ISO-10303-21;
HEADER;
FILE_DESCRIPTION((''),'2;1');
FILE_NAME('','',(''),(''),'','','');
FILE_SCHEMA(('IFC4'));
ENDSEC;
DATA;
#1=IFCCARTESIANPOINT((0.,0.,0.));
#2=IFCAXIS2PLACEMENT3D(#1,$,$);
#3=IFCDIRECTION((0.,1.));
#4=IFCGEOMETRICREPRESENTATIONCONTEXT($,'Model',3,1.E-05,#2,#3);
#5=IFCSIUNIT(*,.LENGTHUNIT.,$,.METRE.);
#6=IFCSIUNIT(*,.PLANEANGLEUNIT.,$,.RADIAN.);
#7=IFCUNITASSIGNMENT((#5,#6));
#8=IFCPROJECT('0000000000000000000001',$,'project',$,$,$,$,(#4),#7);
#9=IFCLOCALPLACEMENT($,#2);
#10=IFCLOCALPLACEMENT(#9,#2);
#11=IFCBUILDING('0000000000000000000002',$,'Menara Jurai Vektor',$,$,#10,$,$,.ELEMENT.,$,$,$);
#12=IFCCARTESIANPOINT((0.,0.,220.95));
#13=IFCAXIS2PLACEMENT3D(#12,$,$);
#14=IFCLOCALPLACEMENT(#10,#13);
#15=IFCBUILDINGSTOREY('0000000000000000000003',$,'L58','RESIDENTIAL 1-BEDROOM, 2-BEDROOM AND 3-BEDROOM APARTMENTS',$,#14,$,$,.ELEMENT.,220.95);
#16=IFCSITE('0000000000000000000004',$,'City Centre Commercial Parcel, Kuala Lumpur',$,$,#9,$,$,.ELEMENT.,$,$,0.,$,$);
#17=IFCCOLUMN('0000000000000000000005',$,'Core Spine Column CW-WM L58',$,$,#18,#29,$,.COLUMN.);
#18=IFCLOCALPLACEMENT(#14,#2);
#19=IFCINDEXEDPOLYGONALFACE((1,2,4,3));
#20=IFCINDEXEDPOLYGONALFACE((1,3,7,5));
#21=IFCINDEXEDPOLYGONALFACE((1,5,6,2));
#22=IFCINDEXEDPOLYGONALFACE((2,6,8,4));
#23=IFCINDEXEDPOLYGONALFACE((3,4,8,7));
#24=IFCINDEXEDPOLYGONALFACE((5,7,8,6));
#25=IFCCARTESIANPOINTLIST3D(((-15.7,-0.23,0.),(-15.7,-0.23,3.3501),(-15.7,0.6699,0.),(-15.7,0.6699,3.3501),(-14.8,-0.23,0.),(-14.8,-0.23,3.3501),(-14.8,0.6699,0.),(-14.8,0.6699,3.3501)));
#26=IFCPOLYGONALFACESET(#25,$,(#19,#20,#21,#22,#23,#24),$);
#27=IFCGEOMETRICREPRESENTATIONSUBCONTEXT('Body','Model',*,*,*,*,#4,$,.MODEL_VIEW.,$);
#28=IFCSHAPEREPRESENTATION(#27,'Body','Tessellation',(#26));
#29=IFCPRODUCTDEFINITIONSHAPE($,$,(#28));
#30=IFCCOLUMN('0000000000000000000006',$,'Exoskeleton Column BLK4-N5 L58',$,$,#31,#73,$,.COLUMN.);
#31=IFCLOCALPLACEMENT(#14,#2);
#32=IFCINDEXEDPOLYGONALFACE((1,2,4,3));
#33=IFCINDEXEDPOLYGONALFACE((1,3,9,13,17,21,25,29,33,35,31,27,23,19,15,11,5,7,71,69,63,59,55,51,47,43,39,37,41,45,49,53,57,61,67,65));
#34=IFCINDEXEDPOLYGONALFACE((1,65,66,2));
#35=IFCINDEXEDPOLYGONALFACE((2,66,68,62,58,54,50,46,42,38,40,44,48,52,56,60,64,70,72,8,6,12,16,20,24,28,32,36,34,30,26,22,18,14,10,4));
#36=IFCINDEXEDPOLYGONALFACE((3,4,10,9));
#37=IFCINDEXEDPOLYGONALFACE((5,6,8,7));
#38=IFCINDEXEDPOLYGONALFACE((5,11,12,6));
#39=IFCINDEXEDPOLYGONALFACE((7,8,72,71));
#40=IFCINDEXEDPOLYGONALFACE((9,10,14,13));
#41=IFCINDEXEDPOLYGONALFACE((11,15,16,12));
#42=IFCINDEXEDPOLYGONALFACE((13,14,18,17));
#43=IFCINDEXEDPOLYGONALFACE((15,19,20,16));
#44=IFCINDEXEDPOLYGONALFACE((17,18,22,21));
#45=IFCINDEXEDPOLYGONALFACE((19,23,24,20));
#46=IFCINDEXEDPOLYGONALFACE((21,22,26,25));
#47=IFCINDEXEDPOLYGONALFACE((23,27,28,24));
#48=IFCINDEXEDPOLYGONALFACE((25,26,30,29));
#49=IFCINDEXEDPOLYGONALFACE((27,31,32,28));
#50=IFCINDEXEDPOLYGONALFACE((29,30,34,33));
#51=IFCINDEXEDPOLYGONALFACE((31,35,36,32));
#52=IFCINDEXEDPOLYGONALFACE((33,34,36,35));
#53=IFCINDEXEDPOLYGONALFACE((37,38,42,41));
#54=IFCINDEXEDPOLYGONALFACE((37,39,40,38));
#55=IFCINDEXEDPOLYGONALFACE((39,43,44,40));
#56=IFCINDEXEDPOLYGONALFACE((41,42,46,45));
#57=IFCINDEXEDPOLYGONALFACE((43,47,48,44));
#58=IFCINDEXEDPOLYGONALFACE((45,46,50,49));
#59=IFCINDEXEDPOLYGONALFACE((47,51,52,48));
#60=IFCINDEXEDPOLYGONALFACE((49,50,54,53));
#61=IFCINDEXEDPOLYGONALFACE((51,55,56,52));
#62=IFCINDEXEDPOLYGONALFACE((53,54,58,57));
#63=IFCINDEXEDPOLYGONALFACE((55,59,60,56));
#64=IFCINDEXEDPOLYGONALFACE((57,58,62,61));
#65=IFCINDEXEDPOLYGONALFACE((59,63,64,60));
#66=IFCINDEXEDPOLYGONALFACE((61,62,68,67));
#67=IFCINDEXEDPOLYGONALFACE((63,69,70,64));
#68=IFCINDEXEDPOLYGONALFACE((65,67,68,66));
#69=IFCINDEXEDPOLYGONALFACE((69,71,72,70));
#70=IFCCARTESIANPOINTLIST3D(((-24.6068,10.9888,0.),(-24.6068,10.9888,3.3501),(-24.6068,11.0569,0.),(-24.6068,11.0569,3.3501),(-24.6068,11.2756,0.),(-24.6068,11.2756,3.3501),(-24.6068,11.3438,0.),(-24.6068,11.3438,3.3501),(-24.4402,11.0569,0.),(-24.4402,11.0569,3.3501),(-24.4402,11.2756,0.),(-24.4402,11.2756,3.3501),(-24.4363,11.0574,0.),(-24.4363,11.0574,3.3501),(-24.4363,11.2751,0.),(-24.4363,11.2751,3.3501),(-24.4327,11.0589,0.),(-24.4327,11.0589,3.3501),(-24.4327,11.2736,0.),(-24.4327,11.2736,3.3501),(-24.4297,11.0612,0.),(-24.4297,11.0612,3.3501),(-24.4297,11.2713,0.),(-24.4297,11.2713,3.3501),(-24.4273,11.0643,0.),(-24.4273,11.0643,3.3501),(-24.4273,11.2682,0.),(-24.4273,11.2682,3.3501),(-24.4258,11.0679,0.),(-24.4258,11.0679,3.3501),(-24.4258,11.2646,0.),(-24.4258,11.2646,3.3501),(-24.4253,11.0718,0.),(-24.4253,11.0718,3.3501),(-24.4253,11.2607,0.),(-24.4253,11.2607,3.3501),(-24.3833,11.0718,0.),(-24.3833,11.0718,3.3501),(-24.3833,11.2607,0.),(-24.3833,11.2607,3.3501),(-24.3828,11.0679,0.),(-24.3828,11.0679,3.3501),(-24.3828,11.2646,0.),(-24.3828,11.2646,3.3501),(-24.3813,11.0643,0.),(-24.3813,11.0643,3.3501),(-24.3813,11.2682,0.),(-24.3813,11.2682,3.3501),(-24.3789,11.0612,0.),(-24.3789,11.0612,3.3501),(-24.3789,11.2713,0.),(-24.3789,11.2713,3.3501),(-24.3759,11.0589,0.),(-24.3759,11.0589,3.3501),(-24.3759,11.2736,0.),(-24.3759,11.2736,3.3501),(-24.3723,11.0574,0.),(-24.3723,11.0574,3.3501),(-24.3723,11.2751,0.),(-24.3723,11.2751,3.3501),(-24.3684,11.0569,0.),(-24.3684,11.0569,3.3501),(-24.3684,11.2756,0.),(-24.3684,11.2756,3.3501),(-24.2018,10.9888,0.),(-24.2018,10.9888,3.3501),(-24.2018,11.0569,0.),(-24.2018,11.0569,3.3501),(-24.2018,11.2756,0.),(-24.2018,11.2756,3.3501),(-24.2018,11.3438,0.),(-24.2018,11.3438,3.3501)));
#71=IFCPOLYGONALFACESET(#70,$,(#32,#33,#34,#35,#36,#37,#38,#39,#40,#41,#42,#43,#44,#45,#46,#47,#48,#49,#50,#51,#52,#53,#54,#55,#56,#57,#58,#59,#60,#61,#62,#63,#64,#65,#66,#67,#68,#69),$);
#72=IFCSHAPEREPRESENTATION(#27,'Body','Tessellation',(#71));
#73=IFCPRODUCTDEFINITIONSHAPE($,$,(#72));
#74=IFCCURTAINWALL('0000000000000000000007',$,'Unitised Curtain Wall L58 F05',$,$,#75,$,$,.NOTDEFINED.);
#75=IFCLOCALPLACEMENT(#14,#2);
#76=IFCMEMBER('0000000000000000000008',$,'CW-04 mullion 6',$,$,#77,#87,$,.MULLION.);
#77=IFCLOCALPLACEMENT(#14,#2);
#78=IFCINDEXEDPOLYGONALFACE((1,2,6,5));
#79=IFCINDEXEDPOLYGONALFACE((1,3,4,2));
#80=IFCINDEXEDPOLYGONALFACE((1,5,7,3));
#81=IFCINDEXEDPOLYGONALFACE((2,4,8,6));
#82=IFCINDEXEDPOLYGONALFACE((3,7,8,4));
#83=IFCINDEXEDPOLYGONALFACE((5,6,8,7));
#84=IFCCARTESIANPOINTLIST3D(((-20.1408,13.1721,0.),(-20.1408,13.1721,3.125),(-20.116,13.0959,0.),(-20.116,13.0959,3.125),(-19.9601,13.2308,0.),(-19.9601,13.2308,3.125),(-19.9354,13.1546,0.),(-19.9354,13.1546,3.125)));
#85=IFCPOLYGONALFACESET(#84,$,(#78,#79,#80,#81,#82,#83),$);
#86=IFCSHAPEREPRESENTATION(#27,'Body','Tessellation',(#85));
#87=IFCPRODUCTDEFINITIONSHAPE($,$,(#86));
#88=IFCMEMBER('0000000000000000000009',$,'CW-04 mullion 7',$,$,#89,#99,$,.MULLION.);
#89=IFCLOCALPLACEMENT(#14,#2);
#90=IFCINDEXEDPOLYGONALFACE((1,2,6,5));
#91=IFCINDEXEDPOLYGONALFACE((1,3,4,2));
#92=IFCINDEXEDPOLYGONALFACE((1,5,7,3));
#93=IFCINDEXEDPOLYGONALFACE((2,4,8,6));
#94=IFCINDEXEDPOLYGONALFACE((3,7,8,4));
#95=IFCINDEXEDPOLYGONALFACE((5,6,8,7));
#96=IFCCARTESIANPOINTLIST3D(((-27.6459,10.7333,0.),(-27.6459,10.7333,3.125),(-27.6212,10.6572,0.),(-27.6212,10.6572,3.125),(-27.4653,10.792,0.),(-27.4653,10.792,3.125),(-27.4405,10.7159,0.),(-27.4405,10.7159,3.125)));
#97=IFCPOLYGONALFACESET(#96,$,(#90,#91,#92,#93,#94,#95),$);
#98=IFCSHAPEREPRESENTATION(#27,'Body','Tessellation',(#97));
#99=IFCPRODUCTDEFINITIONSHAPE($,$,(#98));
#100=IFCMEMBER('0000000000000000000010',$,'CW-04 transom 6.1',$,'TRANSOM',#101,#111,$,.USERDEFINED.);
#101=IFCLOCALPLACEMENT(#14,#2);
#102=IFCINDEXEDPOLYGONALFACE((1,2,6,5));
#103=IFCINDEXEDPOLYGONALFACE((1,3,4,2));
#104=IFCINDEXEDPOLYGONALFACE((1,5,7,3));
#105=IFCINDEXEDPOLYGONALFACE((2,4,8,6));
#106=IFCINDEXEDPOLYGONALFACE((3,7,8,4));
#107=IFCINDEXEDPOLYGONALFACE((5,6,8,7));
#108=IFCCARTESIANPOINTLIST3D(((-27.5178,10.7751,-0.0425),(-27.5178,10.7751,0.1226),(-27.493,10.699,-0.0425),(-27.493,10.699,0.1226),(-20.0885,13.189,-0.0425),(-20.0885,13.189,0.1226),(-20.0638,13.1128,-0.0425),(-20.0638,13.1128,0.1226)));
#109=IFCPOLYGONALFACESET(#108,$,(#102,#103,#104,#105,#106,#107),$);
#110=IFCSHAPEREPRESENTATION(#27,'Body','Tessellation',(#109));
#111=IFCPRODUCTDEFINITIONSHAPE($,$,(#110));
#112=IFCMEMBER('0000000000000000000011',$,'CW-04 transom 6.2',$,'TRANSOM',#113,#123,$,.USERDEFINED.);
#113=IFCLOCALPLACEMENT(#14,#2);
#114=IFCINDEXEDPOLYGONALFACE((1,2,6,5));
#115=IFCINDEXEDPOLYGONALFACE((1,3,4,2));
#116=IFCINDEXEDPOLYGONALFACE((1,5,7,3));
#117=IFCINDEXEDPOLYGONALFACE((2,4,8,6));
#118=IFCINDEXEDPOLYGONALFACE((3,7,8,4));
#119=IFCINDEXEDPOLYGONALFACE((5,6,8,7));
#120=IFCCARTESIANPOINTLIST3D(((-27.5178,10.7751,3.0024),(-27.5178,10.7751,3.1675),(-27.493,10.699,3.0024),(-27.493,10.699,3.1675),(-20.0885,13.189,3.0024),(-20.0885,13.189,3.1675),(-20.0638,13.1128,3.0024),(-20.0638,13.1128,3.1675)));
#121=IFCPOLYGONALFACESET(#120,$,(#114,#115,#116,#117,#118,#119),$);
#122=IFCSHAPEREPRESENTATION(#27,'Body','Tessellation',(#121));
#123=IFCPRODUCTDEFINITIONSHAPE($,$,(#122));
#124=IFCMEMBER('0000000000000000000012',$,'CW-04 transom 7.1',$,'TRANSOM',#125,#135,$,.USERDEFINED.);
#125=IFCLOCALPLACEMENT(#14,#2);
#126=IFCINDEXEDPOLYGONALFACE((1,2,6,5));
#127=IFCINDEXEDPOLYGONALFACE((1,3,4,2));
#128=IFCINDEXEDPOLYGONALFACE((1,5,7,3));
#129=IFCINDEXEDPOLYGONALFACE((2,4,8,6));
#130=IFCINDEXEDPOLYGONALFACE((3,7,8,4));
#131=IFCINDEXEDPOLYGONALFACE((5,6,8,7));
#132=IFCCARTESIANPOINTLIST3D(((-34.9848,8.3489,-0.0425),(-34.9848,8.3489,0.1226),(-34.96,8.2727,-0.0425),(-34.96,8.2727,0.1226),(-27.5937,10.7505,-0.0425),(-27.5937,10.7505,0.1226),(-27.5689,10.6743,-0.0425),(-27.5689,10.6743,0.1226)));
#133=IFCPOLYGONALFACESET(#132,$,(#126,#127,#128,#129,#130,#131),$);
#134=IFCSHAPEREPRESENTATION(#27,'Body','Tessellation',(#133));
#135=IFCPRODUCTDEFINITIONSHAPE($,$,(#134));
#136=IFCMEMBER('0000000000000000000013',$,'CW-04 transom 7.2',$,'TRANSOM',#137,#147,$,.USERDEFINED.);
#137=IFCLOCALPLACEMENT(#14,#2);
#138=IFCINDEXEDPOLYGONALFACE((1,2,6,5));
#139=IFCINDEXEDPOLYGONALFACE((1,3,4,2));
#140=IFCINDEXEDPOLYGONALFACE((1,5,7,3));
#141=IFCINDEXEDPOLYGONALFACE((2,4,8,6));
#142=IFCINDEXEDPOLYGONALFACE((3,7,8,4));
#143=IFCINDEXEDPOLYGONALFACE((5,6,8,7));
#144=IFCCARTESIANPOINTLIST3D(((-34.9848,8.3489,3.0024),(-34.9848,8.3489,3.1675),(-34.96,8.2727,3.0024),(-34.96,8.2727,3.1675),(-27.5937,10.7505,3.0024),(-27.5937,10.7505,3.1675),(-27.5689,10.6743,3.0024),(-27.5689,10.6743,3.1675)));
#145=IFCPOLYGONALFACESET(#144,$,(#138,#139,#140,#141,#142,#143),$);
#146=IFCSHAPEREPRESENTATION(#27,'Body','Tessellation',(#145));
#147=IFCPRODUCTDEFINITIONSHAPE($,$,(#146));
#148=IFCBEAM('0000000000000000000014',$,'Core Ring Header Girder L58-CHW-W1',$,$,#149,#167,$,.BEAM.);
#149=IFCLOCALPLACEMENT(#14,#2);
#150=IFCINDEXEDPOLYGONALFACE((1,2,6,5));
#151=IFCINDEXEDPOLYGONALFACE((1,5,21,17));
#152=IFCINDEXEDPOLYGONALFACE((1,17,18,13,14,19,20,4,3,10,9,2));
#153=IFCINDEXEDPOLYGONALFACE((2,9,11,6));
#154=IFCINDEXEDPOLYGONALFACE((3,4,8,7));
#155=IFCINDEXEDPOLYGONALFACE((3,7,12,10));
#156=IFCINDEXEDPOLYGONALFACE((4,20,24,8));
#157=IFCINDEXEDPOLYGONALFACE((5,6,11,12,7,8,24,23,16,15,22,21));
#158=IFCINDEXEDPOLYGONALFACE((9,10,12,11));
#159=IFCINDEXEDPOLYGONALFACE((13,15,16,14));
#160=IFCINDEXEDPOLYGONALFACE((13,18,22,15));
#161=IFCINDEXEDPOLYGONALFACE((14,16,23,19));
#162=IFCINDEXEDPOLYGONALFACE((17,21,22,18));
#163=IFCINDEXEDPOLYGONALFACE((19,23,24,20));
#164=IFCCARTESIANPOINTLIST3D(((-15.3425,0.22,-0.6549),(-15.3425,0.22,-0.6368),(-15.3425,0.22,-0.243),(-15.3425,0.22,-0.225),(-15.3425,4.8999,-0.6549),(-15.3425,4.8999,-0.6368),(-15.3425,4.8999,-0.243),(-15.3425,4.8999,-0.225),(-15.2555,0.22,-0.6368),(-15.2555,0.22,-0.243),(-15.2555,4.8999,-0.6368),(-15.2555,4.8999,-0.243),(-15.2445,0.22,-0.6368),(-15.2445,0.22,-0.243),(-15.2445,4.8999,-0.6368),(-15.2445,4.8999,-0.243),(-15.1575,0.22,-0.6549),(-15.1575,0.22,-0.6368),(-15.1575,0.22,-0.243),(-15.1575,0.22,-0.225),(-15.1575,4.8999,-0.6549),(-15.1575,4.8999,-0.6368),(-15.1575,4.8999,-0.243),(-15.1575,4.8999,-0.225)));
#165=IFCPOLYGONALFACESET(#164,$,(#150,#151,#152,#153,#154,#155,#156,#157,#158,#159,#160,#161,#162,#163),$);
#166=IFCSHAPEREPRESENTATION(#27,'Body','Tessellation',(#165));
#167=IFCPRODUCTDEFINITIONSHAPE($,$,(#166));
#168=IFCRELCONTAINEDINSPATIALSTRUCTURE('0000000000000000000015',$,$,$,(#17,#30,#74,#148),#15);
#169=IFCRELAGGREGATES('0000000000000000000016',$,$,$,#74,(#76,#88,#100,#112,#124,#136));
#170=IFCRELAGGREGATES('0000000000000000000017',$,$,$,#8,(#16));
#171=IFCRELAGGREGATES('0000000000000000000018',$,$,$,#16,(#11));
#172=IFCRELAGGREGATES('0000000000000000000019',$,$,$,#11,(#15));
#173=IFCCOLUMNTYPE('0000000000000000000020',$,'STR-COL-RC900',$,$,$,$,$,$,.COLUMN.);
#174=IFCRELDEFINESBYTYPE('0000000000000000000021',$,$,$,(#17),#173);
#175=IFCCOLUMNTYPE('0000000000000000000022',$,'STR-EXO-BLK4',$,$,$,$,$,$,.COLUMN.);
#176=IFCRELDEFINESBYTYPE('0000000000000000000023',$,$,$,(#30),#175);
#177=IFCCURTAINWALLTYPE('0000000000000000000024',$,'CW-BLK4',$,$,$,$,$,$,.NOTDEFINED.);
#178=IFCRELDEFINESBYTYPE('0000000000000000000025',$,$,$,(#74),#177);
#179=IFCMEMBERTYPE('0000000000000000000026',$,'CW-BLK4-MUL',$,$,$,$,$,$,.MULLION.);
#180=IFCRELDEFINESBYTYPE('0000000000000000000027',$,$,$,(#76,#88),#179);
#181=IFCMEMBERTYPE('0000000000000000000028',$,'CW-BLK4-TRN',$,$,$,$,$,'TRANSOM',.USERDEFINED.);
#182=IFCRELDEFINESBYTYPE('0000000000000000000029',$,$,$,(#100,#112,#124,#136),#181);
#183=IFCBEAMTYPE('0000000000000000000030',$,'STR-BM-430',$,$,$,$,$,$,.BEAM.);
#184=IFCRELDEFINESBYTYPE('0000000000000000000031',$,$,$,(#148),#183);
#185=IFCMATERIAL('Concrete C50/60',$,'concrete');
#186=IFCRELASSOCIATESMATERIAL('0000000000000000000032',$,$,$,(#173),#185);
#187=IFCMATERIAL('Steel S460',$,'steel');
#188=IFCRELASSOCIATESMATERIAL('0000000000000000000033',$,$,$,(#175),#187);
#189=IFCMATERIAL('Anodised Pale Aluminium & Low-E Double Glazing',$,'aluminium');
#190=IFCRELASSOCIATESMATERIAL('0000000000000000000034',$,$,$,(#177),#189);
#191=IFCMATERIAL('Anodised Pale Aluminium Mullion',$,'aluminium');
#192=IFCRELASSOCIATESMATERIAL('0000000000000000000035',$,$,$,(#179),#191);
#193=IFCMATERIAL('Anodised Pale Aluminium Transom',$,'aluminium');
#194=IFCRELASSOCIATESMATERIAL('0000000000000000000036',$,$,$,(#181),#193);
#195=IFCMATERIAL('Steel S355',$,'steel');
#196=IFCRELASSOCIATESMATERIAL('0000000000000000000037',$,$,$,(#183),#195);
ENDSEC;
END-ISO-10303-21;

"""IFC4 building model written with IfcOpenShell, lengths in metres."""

from ifc_helpers import new_model, si_unit, direction, frame, origin, origin_2d, place, context, subcontext, project, spatial, rectangle, i_section, extrude, material, material_profile, profile_set, type_object, element, aggregate, save


model = new_model("IFC4")

# Units and contexts
model_context = context("Model", 3, precision=1e-05, world=origin(), true_north=direction((0.0, 1.0)))
body_context = subcontext(model_context, "Body", "Model", "MODEL_VIEW")
ifc_project = project(units=[si_unit("LENGTHUNIT", "METRE"), si_unit("PLANEANGLEUNIT", "RADIAN")], contexts=[model_context])

# Site, building, storey
site_placement = place(None, origin())
site = spatial("IfcSite", under=ifc_project, at=site_placement, Name="City Centre Commercial Parcel, Kuala Lumpur", CompositionType="ELEMENT", RefElevation=0.0)
building_placement = place(site_placement, origin())
building = spatial("IfcBuilding", under=site, at=building_placement, Name="Menara Jurai Vektor", CompositionType="ELEMENT")
storey_placement = place(building_placement, frame((0.0, 0.0, 220.95)))
storey = spatial("IfcBuildingStorey", under=building, at=storey_placement, Name="L58", Description="RESIDENTIAL 1-BEDROOM, 2-BEDROOM AND 3-BEDROOM APARTMENTS", CompositionType="ELEMENT", Elevation=220.95)

# Columns
ifc_material_1 = material(Name="Concrete C50/60", Category="concrete")
ifc_material_profile_1 = material_profile(ifc_material_1, rectangle(XDim=0.8999, YDim=0.8999, at=origin_2d()), Name="RC 900x900")
ifc_profile_set_1 = profile_set([ifc_material_profile_1], Name="Concrete C50/60")
column_type_1 = type_object("IfcColumnType", Name="STR-COL-RC900", PredefinedType="COLUMN", material=ifc_profile_set_1)
column_1_placement = place(storey_placement, frame((-15.25, 0.22, 0.0), z_axis=(0.0, 0.0, 1.0), x_axis=(1.0, 0.0, 0.0)))
element("IfcColumn", 1, at=column_1_placement, inside=storey, type_object=column_type_1, Name="Core Spine Column CW-WM L58", PredefinedType="COLUMN", context=body_context, shape_type="SweptSolid", body=[
    extrude(rectangle(XDim=0.8999, YDim=0.8999, at=origin_2d()), origin(), (0.0, 0.0, 1.0), 3.3501),
])
ifc_material_2 = material(Name="Steel S460", Category="steel")
ifc_material_profile_2 = material_profile(ifc_material_2, i_section(OverallWidth=0.405, OverallDepth=0.355, WebThickness=0.042, FlangeThickness=0.0681, FilletRadius=0.0149, at=origin_2d()), Name="HD 400x551")
ifc_profile_set_2 = profile_set([ifc_material_profile_2], Name="Steel S460")
column_type_2 = type_object("IfcColumnType", Name="STR-EXO-BLK4", PredefinedType="COLUMN", material=ifc_profile_set_2)
column_2_placement = place(storey_placement, frame((-24.4043, 11.1663, 0.0), z_axis=(0.0, 0.0, 1.0), x_axis=(1.0, 0.0, 0.0)))
element("IfcColumn", 2, at=column_2_placement, inside=storey, type_object=column_type_2, Name="Exoskeleton Column BLK4-N5 L58", PredefinedType="COLUMN", context=body_context, shape_type="SweptSolid", body=[
    extrude(i_section(OverallWidth=0.405, OverallDepth=0.355, WebThickness=0.042, FlangeThickness=0.0681, FilletRadius=0.0149, at=origin_2d()), origin(), (0.0, 0.0, 1.0), 3.3501),
])

# Curtain wall, members
ifc_material_3 = material(Name="Anodised Pale Aluminium & Low-E Double Glazing", Category="aluminium")
curtain_wall_type = type_object("IfcCurtainWallType", Name="CW-BLK4", PredefinedType="NOTDEFINED", material=ifc_material_3)
curtain_wall_placement = place(storey_placement, origin())
curtain_wall = element("IfcCurtainWall", 3, at=curtain_wall_placement, inside=storey, type_object=curtain_wall_type, Name="Unitised Curtain Wall L58 F05", PredefinedType="NOTDEFINED")
ifc_material_4 = material(Name="Anodised Pale Aluminium Mullion", Category="aluminium")
ifc_material_profile_3 = material_profile(ifc_material_4, rectangle(XDim=0.0801, YDim=0.1899, at=origin_2d()), Name="ALU MUL 80x190")
ifc_profile_set_3 = profile_set([ifc_material_profile_3], Name="Anodised Pale Aluminium Mullion")
member_type_1 = type_object("IfcMemberType", Name="CW-BLK4-MUL", PredefinedType="MULLION", material=ifc_profile_set_3)
member_1_placement = place(storey_placement, frame((-20.0381, 13.1633, 0.0), z_axis=(0.0, 0.0, 1.0), x_axis=(0.309017, -0.951056, 0.0)))
member_1 = element("IfcMember", 4, at=member_1_placement, type_object=member_type_1, Name="CW-04 mullion 6", PredefinedType="MULLION", context=body_context, shape_type="SweptSolid", body=[
    extrude(rectangle(XDim=0.0801, YDim=0.1899, at=origin_2d()), origin(), (0.0, 0.0, 1.0), 3.125),
])
member_2_placement = place(storey_placement, frame((-27.5432, 10.7246, 0.0), z_axis=(0.0, 0.0, 1.0), x_axis=(0.309017, -0.951056, 0.0)))
member_2 = element("IfcMember", 5, at=member_2_placement, type_object=member_type_1, Name="CW-04 mullion 7", PredefinedType="MULLION", context=body_context, shape_type="SweptSolid", body=[
    extrude(rectangle(XDim=0.0801, YDim=0.1899, at=origin_2d()), origin(), (0.0, 0.0, 1.0), 3.125),
])
ifc_material_5 = material(Name="Anodised Pale Aluminium Transom", Category="aluminium")
ifc_material_profile_4 = material_profile(ifc_material_5, rectangle(XDim=0.0801, YDim=0.165, at=origin_2d()), Name="ALU TRN 80x165")
ifc_profile_set_4 = profile_set([ifc_material_profile_4], Name="Anodised Pale Aluminium Transom")
member_type_2 = type_object("IfcMemberType", Name="CW-BLK4-TRN", ElementType="TRANSOM", PredefinedType="USERDEFINED", material=ifc_profile_set_4)
member_3_placement = place(storey_placement, frame((-20.0762, 13.1509, 0.04), z_axis=(-0.951059, -0.309008, 0.0), x_axis=(0.309008, -0.951059, 0.0)))
member_3 = element("IfcMember", 6, at=member_3_placement, type_object=member_type_2, Name="CW-04 transom 6.1", ObjectType="TRANSOM", PredefinedType="USERDEFINED", context=body_context, shape_type="SweptSolid", body=[
    extrude(rectangle(XDim=0.0801, YDim=0.165, at=origin_2d()), origin(), (0.0, 0.0, 1.0), 7.8115),
])
member_4_placement = place(storey_placement, frame((-20.0762, 13.1509, 3.085), z_axis=(-0.951059, -0.309008, 0.0), x_axis=(0.309008, -0.951059, 0.0)))
member_4 = element("IfcMember", 7, at=member_4_placement, type_object=member_type_2, Name="CW-04 transom 6.2", ObjectType="TRANSOM", PredefinedType="USERDEFINED", context=body_context, shape_type="SweptSolid", body=[
    extrude(rectangle(XDim=0.0801, YDim=0.165, at=origin_2d()), origin(), (0.0, 0.0, 1.0), 7.8115),
])
member_5_placement = place(storey_placement, frame((-27.5813, 10.7124, 0.04), z_axis=(-0.951053, -0.309028, 0.0), x_axis=(0.309028, -0.951053, 0.0)))
member_5 = element("IfcMember", 8, at=member_5_placement, type_object=member_type_2, Name="CW-04 transom 7.1", ObjectType="TRANSOM", PredefinedType="USERDEFINED", context=body_context, shape_type="SweptSolid", body=[
    extrude(rectangle(XDim=0.0801, YDim=0.165, at=origin_2d()), origin(), (0.0, 0.0, 1.0), 7.7715),
])
member_6_placement = place(storey_placement, frame((-27.5813, 10.7124, 3.085), z_axis=(-0.951053, -0.309028, 0.0), x_axis=(0.309028, -0.951053, 0.0)))
member_6 = element("IfcMember", 9, at=member_6_placement, type_object=member_type_2, Name="CW-04 transom 7.2", ObjectType="TRANSOM", PredefinedType="USERDEFINED", context=body_context, shape_type="SweptSolid", body=[
    extrude(rectangle(XDim=0.0801, YDim=0.165, at=origin_2d()), origin(), (0.0, 0.0, 1.0), 7.7715),
])

# Beam
ifc_material_6 = material(Name="Steel S355", Category="steel")
ifc_material_profile_5 = material_profile(ifc_material_6, i_section(OverallWidth=0.1851, OverallDepth=0.4299, WebThickness=0.011, FlangeThickness=0.0181, at=origin_2d()), Name="PG 430x185x76")
ifc_profile_set_5 = profile_set([ifc_material_profile_5], Name="Steel S355")
beam_type_1 = type_object("IfcBeamType", Name="STR-BM-430", PredefinedType="BEAM", material=ifc_profile_set_5)
beam_1_placement = place(storey_placement, frame((-15.25, 0.22, -0.4399), z_axis=(0.0, 1.0, 0.0), x_axis=(-1.0, 0.0, 0.0)))
element("IfcBeam", 10, at=beam_1_placement, inside=storey, type_object=beam_type_1, Name="Core Ring Header Girder L58-CHW-W1", PredefinedType="BEAM", context=body_context, shape_type="SweptSolid", body=[
    extrude(i_section(OverallWidth=0.1851, OverallDepth=0.4299, WebThickness=0.011, FlangeThickness=0.0181, at=origin_2d()), origin(), (0.0, 0.0, 1.0), 4.6799),
])

aggregate(curtain_wall, [member_1, member_2, member_3, member_4, member_5, member_6])

save(model, "model.ifc")
